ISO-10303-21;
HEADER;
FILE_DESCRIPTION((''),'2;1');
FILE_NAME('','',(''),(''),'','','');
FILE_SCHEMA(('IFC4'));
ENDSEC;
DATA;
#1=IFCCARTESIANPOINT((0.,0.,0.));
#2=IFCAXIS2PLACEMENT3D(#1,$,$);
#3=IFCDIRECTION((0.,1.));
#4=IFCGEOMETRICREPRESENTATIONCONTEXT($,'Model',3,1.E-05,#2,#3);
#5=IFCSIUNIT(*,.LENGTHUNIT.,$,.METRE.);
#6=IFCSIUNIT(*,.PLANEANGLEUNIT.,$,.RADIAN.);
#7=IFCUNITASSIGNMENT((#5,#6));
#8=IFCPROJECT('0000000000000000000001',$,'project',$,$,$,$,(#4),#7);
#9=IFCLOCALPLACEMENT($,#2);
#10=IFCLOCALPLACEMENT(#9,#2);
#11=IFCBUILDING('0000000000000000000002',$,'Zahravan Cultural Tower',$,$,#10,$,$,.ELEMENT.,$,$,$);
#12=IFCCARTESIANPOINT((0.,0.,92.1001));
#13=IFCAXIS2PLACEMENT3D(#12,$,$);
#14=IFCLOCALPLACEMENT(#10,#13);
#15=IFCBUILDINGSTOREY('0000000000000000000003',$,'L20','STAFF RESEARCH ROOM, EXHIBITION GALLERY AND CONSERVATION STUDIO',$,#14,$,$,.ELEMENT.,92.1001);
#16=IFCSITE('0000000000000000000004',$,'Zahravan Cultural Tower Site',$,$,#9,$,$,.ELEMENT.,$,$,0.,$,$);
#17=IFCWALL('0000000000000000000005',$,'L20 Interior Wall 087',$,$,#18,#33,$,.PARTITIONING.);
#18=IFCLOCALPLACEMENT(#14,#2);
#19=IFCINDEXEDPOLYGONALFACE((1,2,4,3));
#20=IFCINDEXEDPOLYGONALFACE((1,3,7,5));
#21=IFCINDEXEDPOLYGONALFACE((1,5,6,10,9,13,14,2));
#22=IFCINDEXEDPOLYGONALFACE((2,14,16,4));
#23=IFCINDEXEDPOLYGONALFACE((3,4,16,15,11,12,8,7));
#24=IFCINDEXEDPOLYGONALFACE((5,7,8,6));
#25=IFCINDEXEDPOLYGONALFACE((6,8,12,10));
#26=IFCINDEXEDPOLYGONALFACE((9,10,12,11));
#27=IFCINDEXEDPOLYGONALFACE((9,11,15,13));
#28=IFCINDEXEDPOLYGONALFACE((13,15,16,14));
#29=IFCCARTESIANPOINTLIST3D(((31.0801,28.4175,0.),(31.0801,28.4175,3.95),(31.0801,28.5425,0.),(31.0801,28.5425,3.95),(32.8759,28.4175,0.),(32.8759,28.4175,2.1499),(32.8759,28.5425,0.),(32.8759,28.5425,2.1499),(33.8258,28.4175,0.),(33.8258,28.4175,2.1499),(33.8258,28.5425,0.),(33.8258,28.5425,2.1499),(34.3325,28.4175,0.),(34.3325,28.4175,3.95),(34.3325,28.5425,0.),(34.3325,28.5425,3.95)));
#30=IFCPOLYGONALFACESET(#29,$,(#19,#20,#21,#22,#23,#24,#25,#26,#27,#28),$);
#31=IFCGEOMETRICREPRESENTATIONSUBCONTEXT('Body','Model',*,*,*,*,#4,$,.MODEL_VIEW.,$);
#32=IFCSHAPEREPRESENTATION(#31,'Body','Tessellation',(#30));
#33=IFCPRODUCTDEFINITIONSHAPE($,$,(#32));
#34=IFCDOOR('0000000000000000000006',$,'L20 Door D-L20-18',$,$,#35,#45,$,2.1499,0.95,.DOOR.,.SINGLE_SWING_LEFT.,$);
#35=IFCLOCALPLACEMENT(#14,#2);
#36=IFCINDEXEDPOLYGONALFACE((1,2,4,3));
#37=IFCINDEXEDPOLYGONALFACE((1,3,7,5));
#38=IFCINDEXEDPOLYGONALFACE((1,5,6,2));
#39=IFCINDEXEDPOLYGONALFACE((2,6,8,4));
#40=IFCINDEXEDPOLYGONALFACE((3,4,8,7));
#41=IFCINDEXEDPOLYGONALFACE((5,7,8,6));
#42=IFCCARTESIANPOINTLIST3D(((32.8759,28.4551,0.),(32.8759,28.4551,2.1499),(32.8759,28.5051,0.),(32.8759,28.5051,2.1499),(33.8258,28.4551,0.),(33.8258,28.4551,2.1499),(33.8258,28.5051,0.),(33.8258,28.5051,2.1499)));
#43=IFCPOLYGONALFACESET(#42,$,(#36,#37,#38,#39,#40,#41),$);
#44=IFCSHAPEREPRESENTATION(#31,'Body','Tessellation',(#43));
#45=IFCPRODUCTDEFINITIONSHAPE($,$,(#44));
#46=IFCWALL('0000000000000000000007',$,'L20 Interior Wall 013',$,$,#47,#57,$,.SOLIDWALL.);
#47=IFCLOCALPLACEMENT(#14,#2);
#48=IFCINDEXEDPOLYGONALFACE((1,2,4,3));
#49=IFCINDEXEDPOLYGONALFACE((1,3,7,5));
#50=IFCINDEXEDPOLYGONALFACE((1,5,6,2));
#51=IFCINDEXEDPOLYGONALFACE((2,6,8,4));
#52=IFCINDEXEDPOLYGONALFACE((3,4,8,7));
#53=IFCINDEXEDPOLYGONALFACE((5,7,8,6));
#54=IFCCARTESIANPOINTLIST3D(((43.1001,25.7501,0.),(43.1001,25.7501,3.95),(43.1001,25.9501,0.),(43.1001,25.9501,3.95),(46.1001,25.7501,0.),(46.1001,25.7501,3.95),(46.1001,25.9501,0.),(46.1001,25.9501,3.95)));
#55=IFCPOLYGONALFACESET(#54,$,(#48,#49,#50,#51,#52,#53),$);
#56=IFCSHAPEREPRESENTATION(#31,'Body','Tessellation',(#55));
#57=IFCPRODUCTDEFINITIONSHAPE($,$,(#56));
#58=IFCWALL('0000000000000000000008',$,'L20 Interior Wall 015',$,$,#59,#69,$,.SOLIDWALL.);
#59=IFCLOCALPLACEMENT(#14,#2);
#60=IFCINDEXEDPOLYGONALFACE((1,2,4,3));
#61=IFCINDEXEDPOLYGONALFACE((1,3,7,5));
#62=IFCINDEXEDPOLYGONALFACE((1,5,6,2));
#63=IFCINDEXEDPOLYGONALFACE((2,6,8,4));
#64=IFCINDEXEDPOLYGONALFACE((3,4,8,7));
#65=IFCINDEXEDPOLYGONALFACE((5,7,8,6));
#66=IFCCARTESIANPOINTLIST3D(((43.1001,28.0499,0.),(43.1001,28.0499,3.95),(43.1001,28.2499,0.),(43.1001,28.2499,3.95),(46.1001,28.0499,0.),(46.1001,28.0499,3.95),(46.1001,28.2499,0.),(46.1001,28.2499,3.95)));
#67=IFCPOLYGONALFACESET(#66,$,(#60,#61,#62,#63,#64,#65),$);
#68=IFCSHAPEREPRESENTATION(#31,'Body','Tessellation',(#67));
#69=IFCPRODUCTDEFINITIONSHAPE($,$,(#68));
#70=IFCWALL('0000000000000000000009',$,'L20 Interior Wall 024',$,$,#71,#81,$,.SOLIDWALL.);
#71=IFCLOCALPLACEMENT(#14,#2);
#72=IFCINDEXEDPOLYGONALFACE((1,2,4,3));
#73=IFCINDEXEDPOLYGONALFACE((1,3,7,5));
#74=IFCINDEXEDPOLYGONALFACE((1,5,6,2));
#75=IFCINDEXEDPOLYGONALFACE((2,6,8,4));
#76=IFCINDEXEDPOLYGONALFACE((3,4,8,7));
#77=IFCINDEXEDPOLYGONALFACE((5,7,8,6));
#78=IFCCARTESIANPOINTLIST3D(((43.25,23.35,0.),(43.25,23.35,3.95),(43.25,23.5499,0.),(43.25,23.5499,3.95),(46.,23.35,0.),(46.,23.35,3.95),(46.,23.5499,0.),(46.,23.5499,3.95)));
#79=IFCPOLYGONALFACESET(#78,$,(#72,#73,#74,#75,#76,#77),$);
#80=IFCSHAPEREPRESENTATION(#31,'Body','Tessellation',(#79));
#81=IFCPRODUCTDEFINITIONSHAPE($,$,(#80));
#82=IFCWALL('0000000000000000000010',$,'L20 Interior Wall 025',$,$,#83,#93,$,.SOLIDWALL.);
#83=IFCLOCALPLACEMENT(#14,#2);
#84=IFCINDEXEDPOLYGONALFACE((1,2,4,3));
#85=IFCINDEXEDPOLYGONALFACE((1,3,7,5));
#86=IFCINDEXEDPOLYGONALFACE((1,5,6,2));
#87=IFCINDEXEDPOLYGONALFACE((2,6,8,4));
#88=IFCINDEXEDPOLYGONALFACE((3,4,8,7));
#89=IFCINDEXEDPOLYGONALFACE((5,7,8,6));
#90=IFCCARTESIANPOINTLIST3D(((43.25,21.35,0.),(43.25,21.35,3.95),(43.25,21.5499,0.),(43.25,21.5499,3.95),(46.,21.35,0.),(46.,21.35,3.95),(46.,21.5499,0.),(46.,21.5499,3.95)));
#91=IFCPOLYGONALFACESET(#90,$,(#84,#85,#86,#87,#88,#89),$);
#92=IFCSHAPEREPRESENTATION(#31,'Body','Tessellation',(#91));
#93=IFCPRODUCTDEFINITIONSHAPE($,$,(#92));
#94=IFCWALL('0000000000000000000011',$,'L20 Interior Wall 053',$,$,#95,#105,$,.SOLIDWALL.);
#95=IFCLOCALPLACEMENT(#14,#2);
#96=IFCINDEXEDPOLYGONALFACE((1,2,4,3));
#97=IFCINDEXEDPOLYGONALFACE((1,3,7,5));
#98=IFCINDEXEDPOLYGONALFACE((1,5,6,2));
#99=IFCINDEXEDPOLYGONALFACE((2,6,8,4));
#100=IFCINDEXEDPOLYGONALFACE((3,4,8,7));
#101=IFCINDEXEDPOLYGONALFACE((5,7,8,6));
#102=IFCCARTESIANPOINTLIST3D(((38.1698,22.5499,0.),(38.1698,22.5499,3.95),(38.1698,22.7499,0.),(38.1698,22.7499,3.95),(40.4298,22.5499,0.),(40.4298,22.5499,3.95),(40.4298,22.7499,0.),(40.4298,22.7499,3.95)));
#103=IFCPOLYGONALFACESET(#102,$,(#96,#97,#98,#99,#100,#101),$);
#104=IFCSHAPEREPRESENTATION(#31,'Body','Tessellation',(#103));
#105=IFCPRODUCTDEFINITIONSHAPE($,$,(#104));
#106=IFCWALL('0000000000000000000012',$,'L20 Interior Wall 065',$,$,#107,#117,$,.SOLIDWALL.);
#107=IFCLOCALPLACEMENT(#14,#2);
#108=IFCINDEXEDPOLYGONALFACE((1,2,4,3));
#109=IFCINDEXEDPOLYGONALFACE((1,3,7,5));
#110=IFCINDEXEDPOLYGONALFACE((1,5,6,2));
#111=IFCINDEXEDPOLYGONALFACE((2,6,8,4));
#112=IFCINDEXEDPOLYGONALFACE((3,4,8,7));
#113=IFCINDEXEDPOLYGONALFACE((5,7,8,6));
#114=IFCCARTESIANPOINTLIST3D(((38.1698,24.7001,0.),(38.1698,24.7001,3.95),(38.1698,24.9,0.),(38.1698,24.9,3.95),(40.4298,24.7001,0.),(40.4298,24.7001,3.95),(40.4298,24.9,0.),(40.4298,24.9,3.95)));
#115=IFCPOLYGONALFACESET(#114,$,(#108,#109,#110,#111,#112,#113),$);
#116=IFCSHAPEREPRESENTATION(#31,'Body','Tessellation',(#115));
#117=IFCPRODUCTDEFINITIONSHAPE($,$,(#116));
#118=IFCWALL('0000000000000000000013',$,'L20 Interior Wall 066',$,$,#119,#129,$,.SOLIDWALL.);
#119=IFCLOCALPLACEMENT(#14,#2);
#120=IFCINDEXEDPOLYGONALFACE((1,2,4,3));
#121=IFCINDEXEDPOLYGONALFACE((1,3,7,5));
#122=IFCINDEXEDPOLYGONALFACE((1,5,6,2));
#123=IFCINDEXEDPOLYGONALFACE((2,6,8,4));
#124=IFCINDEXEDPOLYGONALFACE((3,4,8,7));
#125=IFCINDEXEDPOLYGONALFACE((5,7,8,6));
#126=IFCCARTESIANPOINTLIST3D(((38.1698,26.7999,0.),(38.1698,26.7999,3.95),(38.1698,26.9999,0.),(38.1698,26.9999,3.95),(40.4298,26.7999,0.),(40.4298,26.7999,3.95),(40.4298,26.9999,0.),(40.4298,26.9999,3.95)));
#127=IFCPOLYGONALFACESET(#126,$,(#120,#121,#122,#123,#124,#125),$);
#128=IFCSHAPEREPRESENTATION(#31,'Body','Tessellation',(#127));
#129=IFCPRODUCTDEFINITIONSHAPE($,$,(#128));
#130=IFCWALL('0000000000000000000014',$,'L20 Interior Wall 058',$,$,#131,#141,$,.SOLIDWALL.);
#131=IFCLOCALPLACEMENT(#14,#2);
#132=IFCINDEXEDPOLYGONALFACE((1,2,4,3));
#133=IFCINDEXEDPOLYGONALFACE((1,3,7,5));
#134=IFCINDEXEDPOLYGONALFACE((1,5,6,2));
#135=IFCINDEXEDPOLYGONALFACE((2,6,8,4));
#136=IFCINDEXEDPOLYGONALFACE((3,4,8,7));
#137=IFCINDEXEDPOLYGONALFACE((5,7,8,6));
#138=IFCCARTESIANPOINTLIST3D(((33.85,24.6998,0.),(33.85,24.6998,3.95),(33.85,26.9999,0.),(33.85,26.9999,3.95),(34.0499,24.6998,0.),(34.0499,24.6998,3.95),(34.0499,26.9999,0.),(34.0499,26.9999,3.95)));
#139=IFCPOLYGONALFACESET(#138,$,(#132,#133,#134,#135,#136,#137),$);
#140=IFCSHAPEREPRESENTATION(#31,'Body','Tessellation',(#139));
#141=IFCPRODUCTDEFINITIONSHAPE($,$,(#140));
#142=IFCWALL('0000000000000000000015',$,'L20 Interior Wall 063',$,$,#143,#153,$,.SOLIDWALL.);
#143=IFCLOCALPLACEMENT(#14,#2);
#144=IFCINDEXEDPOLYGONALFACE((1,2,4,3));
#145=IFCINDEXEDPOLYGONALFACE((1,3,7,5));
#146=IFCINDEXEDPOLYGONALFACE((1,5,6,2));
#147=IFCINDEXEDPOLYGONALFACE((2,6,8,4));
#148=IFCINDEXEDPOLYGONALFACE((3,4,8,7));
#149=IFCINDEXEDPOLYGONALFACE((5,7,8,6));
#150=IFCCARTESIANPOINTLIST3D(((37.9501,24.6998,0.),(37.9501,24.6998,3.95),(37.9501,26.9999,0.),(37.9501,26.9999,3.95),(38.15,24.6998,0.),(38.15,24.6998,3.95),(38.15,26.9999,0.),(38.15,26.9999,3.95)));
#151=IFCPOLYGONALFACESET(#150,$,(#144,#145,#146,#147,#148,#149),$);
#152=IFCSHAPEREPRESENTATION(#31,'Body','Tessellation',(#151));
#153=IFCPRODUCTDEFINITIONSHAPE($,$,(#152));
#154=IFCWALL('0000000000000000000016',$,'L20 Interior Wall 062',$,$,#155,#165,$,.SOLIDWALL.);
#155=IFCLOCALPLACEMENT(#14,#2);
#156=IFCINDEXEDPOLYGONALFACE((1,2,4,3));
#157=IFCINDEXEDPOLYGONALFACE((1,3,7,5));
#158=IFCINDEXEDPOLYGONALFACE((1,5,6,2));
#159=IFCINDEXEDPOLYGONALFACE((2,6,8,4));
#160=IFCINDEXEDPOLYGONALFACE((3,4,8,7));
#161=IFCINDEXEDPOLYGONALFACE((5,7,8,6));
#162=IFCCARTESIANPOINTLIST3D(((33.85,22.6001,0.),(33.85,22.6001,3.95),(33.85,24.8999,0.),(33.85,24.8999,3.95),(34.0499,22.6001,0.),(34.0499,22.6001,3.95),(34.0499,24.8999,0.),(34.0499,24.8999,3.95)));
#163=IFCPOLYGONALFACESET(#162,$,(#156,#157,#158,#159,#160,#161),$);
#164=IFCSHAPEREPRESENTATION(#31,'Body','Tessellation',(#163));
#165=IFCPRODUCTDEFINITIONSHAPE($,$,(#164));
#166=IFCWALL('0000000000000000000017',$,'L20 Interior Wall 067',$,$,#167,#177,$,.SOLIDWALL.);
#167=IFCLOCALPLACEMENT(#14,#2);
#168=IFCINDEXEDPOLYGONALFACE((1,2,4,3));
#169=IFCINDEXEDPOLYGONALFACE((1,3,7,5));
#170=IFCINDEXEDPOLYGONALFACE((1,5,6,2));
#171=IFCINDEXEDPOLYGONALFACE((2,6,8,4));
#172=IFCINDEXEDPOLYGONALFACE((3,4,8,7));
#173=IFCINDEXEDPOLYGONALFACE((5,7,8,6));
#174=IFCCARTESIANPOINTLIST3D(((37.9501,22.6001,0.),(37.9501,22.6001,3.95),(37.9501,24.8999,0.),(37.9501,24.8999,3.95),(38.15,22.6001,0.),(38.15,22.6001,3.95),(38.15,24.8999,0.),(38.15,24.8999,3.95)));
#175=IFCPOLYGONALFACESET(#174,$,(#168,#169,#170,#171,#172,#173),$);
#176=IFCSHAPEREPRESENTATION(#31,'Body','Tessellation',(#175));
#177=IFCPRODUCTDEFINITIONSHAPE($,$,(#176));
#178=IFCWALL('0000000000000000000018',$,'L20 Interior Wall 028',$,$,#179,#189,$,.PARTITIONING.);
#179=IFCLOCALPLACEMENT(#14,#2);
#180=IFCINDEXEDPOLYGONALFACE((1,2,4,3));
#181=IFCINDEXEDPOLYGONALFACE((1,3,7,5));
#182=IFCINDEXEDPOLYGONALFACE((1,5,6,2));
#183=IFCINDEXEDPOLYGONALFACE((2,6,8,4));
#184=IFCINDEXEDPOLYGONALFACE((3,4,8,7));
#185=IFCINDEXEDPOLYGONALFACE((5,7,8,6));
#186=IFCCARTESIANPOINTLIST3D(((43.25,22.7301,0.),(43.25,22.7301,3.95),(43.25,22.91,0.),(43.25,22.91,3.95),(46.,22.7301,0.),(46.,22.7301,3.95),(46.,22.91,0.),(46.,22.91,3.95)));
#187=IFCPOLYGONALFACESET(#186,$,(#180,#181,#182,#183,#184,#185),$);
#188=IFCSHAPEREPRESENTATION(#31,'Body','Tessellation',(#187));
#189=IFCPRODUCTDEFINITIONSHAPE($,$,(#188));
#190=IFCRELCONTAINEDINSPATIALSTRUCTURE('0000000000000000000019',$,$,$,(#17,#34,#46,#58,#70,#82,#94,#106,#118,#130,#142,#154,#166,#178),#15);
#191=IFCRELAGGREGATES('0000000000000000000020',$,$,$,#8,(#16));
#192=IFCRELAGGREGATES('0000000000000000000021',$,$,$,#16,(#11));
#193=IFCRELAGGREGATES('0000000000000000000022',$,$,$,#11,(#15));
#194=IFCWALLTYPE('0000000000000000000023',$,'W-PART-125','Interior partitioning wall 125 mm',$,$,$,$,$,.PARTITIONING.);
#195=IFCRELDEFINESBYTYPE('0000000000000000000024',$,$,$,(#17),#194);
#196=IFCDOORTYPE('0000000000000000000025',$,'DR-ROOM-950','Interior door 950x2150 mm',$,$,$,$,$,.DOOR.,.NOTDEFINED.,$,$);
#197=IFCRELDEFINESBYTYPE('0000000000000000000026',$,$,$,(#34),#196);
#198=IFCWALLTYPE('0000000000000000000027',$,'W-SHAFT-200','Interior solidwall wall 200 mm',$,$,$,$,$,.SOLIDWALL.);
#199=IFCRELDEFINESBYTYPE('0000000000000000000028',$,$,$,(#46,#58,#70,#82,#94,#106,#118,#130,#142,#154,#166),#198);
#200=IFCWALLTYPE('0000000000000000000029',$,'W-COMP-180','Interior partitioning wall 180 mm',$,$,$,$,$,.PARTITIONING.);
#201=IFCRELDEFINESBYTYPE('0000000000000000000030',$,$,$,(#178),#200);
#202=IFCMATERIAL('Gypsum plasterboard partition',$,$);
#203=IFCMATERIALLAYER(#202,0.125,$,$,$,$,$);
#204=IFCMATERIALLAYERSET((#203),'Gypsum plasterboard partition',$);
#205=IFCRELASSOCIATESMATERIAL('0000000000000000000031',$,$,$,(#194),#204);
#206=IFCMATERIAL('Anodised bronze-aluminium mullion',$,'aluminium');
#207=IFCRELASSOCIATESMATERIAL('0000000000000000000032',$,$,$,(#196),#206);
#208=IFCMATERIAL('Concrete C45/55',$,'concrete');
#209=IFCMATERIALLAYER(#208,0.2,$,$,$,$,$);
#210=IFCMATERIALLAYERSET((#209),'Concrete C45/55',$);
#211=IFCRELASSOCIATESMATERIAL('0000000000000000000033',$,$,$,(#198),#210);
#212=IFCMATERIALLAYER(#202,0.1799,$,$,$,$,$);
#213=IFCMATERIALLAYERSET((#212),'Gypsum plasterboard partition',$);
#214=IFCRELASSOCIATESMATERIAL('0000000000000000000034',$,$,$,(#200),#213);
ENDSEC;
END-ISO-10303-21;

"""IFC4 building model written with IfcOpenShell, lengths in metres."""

from ifc_helpers import new_model, si_unit, direction, frame, frame_2d, origin, place, context, subcontext, project, spatial, rectangle, extrude, source, transform, mapped, material, layer, layer_set, type_object, element, fill, save


model = new_model("IFC4")

# Units and contexts
model_context = context("Model", 3, precision=1e-05, world=origin(), true_north=direction((0.0, 1.0)))
body_context = subcontext(model_context, "Body", "Model", "MODEL_VIEW")
ifc_project = project(units=[si_unit("LENGTHUNIT", "METRE"), si_unit("PLANEANGLEUNIT", "RADIAN")], contexts=[model_context])

# Site, building, storey
site_placement = place(None, origin())
site = spatial("IfcSite", under=ifc_project, at=site_placement, Name="Zahravan Cultural Tower Site", CompositionType="ELEMENT", RefElevation=0.0)
building_placement = place(site_placement, origin())
building = spatial("IfcBuilding", under=site, at=building_placement, Name="Zahravan Cultural Tower", CompositionType="ELEMENT")
storey_placement = place(building_placement, frame((0.0, 0.0, 92.1001)))
storey = spatial("IfcBuildingStorey", under=building, at=storey_placement, Name="L20", Description="STAFF RESEARCH ROOM, EXHIBITION GALLERY AND CONSERVATION STUDIO", CompositionType="ELEMENT", Elevation=92.1001)

# Wall, opening, door
ifc_material_1 = material(Name="Gypsum plasterboard partition")
ifc_layer_1 = layer(ifc_material_1, 0.125)
ifc_layer_set_1 = layer_set([ifc_layer_1], Name="Gypsum plasterboard partition")
wall_type_1 = type_object("IfcWallType", Name="W-PART-125", Description="Interior partitioning wall 125 mm", PredefinedType="PARTITIONING", material=ifc_layer_set_1)
ifc_material_2 = material(Name="Anodised bronze-aluminium mullion", Category="aluminium")
wall_1_placement = place(storey_placement, frame((34.3325, 28.48, 0.0), z_axis=(0.0, 0.0, 1.0), x_axis=(-1.0, 0.0, 0.0)))
wall_1 = element("IfcWall", 1, at=wall_1_placement, inside=storey, type_object=wall_type_1, Name="L20 Interior Wall 087", PredefinedType="PARTITIONING", context=body_context, shape_type="SweptSolid", body=[
    extrude(rectangle(XDim=3.2524, YDim=0.125, at=frame_2d((1.6262, 0.0))), origin(), (0.0, 0.0, 1.0), 3.95),
])
opening_1_placement = place(wall_1_placement, frame((0.5066, 0.0, 0.0)))
opening_1 = element("IfcOpeningElement", 2, at=opening_1_placement, cuts=wall_1, PredefinedType="OPENING", context=body_context, shape_type="SweptSolid", body=[
    extrude(rectangle(XDim=0.95, YDim=2.1499, at=frame_2d((0.4751, 1.075))), frame((0.0, 0.0725, 0.0), z_axis=(0.0, -1.0, 0.0), x_axis=(1.0, 0.0, 0.0)), (0.0, 0.0, 1.0), 0.145),
])
door_type_1 = type_object("IfcDoorType", Name="DR-ROOM-950", Description="Interior door 950x2150 mm", OperationType="NOTDEFINED", PredefinedType="DOOR", material=ifc_material_2)
shared_shape_1 = source(origin(), body_context, "Body", "SweptSolid", [
    extrude(rectangle(XDim=0.95, YDim=2.1499, at=frame_2d((0.4751, 1.075))), frame((0.0, 0.0249, 0.0), z_axis=(0.0, -1.0, 0.0), x_axis=(1.0, 0.0, 0.0)), (0.0, 0.0, 1.0), 0.05),
])
door_1_placement = place(opening_1_placement, origin())
door_1 = element("IfcDoor", 3, at=door_1_placement, inside=storey, type_object=door_type_1, Name="L20 Door D-L20-18", OperationType="SINGLE_SWING_LEFT", OverallHeight=2.1499, OverallWidth=0.95, PredefinedType="DOOR", context=body_context, shape_type="MappedRepresentation", body=[
    mapped(shared_shape_1, transform((0.0, 0.0, 0.0), x_axis=(1.0, 0.0, 0.0), y_axis=(0.0, 1.0, 0.0), z_axis=(0.0, 0.0, 1.0), scale=1.0)),
])
fill(opening_1, door_1)
ifc_material_3 = material(Name="Concrete C45/55", Category="concrete")
ifc_layer_2 = layer(ifc_material_3, 0.2)
ifc_layer_set_2 = layer_set([ifc_layer_2], Name="Concrete C45/55")
wall_type_2 = type_object("IfcWallType", Name="W-SHAFT-200", Description="Interior solidwall wall 200 mm", PredefinedType="SOLIDWALL", material=ifc_layer_set_2)

# Walls
shared_shape_2 = source(origin(), body_context, "Body", "SweptSolid", [
    extrude(rectangle(XDim=3.0, YDim=0.2, at=frame_2d((1.5, 0.0))), origin(), (0.0, 0.0, 1.0), 3.95),
])
for number, where, z_axis, x_axis, name in (
    (4, (43.1001, 25.8501, 0.0), (0.0, 0.0, 1.0), (1.0, 0.0, 0.0), "L20 Interior Wall 013"),
    (5, (43.1001, 28.1499, 0.0), (0.0, 0.0, 1.0), (1.0, 0.0, 0.0), "L20 Interior Wall 015"),
):
    element("IfcWall", number, at=place(storey_placement, frame(where, z_axis=z_axis, x_axis=x_axis)), inside=storey, type_object=wall_type_2, Name=name, PredefinedType="SOLIDWALL", context=body_context, shape_type="MappedRepresentation", body=[
        mapped(shared_shape_2, transform((0.0, 0.0, 0.0), x_axis=(1.0, 0.0, 0.0), y_axis=(0.0, 1.0, 0.0), z_axis=(0.0, 0.0, 1.0), scale=1.0)),
    ])
shared_shape_3 = source(origin(), body_context, "Body", "SweptSolid", [
    extrude(rectangle(XDim=2.75, YDim=0.2, at=frame_2d((1.375, 0.0))), origin(), (0.0, 0.0, 1.0), 3.95),
])
for number, where, z_axis, x_axis, name in (
    (6, (43.25, 23.45, 0.0), (0.0, 0.0, 1.0), (1.0, 0.0, 0.0), "L20 Interior Wall 024"),
    (7, (43.25, 21.45, 0.0), (0.0, 0.0, 1.0), (1.0, 0.0, 0.0), "L20 Interior Wall 025"),
):
    element("IfcWall", number, at=place(storey_placement, frame(where, z_axis=z_axis, x_axis=x_axis)), inside=storey, type_object=wall_type_2, Name=name, PredefinedType="SOLIDWALL", context=body_context, shape_type="MappedRepresentation", body=[
        mapped(shared_shape_3, transform((0.0, 0.0, 0.0), x_axis=(1.0, 0.0, 0.0), y_axis=(0.0, 1.0, 0.0), z_axis=(0.0, 0.0, 1.0), scale=1.0)),
    ])
shared_shape_4 = source(origin(), body_context, "Body", "SweptSolid", [
    extrude(rectangle(XDim=2.26, YDim=0.2, at=frame_2d((1.1299, 0.0))), origin(), (0.0, 0.0, 1.0), 3.95),
])
for number, where, z_axis, x_axis, name in (
    (8, (38.1699, 22.6499, 0.0), (0.0, 0.0, 1.0), (1.0, 0.0, 0.0), "L20 Interior Wall 053"),
    (9, (38.1699, 24.8, 0.0), (0.0, 0.0, 1.0), (1.0, 0.0, 0.0), "L20 Interior Wall 065"),
    (10, (38.1699, 26.8999, 0.0), (0.0, 0.0, 1.0), (1.0, 0.0, 0.0), "L20 Interior Wall 066"),
):
    element("IfcWall", number, at=place(storey_placement, frame(where, z_axis=z_axis, x_axis=x_axis)), inside=storey, type_object=wall_type_2, Name=name, PredefinedType="SOLIDWALL", context=body_context, shape_type="MappedRepresentation", body=[
        mapped(shared_shape_4, transform((0.0, 0.0, 0.0), x_axis=(1.0, 0.0, 0.0), y_axis=(0.0, 1.0, 0.0), z_axis=(0.0, 0.0, 1.0), scale=1.0)),
    ])
shared_shape_5 = source(origin(), body_context, "Body", "SweptSolid", [
    extrude(rectangle(XDim=2.3, YDim=0.2, at=frame_2d((1.1499, 0.0))), origin(), (0.0, 0.0, 1.0), 3.95),
])
for number, where, z_axis, x_axis, name in (
    (11, (33.95, 24.7, 0.0), (0.0, 0.0, 1.0), (0.0, 1.0, 0.0), "L20 Interior Wall 058"),
    (12, (38.05, 24.7, 0.0), (0.0, 0.0, 1.0), (0.0, 1.0, 0.0), "L20 Interior Wall 063"),
):
    element("IfcWall", number, at=place(storey_placement, frame(where, z_axis=z_axis, x_axis=x_axis)), inside=storey, type_object=wall_type_2, Name=name, PredefinedType="SOLIDWALL", context=body_context, shape_type="MappedRepresentation", body=[
        mapped(shared_shape_5, transform((0.0, 0.0, 0.0), x_axis=(1.0, 0.0, 0.0), y_axis=(0.0, 1.0, 0.0), z_axis=(0.0, 0.0, 1.0), scale=1.0)),
    ])
shared_shape_6 = source(origin(), body_context, "Body", "SweptSolid", [
    extrude(rectangle(XDim=2.2998, YDim=0.2, at=frame_2d((1.1499, 0.0))), origin(), (0.0, 0.0, 1.0), 3.95),
])
for number, where, z_axis, x_axis, name in (
    (13, (33.95, 22.6001, 0.0), (0.0, 0.0, 1.0), (0.0, 1.0, 0.0), "L20 Interior Wall 062"),
    (14, (38.05, 22.6001, 0.0), (0.0, 0.0, 1.0), (0.0, 1.0, 0.0), "L20 Interior Wall 067"),
):
    element("IfcWall", number, at=place(storey_placement, frame(where, z_axis=z_axis, x_axis=x_axis)), inside=storey, type_object=wall_type_2, Name=name, PredefinedType="SOLIDWALL", context=body_context, shape_type="MappedRepresentation", body=[
        mapped(shared_shape_6, transform((0.0, 0.0, 0.0), x_axis=(1.0, 0.0, 0.0), y_axis=(0.0, 1.0, 0.0), z_axis=(0.0, 0.0, 1.0), scale=1.0)),
    ])
ifc_layer_3 = layer(ifc_material_1, 0.1799)
ifc_layer_set_3 = layer_set([ifc_layer_3], Name="Gypsum plasterboard partition")
wall_type_3 = type_object("IfcWallType", Name="W-COMP-180", Description="Interior partitioning wall 180 mm", PredefinedType="PARTITIONING", material=ifc_layer_set_3)
shared_shape_7 = source(origin(), body_context, "Body", "SweptSolid", [
    extrude(rectangle(XDim=2.75, YDim=0.1799, at=frame_2d((1.375, 0.0))), origin(), (0.0, 0.0, 1.0), 3.95),
])
wall_2_placement = place(storey_placement, frame((43.25, 22.8201, 0.0), z_axis=(0.0, 0.0, 1.0), x_axis=(1.0, 0.0, 0.0)))
element("IfcWall", 15, at=wall_2_placement, inside=storey, type_object=wall_type_3, Name="L20 Interior Wall 028", PredefinedType="PARTITIONING", context=body_context, shape_type="MappedRepresentation", body=[
    mapped(shared_shape_7, transform((0.0, 0.0, 0.0), x_axis=(1.0, 0.0, 0.0), y_axis=(0.0, 1.0, 0.0), z_axis=(0.0, 0.0, 1.0), scale=1.0)),
])

save(model, "model.ifc")
